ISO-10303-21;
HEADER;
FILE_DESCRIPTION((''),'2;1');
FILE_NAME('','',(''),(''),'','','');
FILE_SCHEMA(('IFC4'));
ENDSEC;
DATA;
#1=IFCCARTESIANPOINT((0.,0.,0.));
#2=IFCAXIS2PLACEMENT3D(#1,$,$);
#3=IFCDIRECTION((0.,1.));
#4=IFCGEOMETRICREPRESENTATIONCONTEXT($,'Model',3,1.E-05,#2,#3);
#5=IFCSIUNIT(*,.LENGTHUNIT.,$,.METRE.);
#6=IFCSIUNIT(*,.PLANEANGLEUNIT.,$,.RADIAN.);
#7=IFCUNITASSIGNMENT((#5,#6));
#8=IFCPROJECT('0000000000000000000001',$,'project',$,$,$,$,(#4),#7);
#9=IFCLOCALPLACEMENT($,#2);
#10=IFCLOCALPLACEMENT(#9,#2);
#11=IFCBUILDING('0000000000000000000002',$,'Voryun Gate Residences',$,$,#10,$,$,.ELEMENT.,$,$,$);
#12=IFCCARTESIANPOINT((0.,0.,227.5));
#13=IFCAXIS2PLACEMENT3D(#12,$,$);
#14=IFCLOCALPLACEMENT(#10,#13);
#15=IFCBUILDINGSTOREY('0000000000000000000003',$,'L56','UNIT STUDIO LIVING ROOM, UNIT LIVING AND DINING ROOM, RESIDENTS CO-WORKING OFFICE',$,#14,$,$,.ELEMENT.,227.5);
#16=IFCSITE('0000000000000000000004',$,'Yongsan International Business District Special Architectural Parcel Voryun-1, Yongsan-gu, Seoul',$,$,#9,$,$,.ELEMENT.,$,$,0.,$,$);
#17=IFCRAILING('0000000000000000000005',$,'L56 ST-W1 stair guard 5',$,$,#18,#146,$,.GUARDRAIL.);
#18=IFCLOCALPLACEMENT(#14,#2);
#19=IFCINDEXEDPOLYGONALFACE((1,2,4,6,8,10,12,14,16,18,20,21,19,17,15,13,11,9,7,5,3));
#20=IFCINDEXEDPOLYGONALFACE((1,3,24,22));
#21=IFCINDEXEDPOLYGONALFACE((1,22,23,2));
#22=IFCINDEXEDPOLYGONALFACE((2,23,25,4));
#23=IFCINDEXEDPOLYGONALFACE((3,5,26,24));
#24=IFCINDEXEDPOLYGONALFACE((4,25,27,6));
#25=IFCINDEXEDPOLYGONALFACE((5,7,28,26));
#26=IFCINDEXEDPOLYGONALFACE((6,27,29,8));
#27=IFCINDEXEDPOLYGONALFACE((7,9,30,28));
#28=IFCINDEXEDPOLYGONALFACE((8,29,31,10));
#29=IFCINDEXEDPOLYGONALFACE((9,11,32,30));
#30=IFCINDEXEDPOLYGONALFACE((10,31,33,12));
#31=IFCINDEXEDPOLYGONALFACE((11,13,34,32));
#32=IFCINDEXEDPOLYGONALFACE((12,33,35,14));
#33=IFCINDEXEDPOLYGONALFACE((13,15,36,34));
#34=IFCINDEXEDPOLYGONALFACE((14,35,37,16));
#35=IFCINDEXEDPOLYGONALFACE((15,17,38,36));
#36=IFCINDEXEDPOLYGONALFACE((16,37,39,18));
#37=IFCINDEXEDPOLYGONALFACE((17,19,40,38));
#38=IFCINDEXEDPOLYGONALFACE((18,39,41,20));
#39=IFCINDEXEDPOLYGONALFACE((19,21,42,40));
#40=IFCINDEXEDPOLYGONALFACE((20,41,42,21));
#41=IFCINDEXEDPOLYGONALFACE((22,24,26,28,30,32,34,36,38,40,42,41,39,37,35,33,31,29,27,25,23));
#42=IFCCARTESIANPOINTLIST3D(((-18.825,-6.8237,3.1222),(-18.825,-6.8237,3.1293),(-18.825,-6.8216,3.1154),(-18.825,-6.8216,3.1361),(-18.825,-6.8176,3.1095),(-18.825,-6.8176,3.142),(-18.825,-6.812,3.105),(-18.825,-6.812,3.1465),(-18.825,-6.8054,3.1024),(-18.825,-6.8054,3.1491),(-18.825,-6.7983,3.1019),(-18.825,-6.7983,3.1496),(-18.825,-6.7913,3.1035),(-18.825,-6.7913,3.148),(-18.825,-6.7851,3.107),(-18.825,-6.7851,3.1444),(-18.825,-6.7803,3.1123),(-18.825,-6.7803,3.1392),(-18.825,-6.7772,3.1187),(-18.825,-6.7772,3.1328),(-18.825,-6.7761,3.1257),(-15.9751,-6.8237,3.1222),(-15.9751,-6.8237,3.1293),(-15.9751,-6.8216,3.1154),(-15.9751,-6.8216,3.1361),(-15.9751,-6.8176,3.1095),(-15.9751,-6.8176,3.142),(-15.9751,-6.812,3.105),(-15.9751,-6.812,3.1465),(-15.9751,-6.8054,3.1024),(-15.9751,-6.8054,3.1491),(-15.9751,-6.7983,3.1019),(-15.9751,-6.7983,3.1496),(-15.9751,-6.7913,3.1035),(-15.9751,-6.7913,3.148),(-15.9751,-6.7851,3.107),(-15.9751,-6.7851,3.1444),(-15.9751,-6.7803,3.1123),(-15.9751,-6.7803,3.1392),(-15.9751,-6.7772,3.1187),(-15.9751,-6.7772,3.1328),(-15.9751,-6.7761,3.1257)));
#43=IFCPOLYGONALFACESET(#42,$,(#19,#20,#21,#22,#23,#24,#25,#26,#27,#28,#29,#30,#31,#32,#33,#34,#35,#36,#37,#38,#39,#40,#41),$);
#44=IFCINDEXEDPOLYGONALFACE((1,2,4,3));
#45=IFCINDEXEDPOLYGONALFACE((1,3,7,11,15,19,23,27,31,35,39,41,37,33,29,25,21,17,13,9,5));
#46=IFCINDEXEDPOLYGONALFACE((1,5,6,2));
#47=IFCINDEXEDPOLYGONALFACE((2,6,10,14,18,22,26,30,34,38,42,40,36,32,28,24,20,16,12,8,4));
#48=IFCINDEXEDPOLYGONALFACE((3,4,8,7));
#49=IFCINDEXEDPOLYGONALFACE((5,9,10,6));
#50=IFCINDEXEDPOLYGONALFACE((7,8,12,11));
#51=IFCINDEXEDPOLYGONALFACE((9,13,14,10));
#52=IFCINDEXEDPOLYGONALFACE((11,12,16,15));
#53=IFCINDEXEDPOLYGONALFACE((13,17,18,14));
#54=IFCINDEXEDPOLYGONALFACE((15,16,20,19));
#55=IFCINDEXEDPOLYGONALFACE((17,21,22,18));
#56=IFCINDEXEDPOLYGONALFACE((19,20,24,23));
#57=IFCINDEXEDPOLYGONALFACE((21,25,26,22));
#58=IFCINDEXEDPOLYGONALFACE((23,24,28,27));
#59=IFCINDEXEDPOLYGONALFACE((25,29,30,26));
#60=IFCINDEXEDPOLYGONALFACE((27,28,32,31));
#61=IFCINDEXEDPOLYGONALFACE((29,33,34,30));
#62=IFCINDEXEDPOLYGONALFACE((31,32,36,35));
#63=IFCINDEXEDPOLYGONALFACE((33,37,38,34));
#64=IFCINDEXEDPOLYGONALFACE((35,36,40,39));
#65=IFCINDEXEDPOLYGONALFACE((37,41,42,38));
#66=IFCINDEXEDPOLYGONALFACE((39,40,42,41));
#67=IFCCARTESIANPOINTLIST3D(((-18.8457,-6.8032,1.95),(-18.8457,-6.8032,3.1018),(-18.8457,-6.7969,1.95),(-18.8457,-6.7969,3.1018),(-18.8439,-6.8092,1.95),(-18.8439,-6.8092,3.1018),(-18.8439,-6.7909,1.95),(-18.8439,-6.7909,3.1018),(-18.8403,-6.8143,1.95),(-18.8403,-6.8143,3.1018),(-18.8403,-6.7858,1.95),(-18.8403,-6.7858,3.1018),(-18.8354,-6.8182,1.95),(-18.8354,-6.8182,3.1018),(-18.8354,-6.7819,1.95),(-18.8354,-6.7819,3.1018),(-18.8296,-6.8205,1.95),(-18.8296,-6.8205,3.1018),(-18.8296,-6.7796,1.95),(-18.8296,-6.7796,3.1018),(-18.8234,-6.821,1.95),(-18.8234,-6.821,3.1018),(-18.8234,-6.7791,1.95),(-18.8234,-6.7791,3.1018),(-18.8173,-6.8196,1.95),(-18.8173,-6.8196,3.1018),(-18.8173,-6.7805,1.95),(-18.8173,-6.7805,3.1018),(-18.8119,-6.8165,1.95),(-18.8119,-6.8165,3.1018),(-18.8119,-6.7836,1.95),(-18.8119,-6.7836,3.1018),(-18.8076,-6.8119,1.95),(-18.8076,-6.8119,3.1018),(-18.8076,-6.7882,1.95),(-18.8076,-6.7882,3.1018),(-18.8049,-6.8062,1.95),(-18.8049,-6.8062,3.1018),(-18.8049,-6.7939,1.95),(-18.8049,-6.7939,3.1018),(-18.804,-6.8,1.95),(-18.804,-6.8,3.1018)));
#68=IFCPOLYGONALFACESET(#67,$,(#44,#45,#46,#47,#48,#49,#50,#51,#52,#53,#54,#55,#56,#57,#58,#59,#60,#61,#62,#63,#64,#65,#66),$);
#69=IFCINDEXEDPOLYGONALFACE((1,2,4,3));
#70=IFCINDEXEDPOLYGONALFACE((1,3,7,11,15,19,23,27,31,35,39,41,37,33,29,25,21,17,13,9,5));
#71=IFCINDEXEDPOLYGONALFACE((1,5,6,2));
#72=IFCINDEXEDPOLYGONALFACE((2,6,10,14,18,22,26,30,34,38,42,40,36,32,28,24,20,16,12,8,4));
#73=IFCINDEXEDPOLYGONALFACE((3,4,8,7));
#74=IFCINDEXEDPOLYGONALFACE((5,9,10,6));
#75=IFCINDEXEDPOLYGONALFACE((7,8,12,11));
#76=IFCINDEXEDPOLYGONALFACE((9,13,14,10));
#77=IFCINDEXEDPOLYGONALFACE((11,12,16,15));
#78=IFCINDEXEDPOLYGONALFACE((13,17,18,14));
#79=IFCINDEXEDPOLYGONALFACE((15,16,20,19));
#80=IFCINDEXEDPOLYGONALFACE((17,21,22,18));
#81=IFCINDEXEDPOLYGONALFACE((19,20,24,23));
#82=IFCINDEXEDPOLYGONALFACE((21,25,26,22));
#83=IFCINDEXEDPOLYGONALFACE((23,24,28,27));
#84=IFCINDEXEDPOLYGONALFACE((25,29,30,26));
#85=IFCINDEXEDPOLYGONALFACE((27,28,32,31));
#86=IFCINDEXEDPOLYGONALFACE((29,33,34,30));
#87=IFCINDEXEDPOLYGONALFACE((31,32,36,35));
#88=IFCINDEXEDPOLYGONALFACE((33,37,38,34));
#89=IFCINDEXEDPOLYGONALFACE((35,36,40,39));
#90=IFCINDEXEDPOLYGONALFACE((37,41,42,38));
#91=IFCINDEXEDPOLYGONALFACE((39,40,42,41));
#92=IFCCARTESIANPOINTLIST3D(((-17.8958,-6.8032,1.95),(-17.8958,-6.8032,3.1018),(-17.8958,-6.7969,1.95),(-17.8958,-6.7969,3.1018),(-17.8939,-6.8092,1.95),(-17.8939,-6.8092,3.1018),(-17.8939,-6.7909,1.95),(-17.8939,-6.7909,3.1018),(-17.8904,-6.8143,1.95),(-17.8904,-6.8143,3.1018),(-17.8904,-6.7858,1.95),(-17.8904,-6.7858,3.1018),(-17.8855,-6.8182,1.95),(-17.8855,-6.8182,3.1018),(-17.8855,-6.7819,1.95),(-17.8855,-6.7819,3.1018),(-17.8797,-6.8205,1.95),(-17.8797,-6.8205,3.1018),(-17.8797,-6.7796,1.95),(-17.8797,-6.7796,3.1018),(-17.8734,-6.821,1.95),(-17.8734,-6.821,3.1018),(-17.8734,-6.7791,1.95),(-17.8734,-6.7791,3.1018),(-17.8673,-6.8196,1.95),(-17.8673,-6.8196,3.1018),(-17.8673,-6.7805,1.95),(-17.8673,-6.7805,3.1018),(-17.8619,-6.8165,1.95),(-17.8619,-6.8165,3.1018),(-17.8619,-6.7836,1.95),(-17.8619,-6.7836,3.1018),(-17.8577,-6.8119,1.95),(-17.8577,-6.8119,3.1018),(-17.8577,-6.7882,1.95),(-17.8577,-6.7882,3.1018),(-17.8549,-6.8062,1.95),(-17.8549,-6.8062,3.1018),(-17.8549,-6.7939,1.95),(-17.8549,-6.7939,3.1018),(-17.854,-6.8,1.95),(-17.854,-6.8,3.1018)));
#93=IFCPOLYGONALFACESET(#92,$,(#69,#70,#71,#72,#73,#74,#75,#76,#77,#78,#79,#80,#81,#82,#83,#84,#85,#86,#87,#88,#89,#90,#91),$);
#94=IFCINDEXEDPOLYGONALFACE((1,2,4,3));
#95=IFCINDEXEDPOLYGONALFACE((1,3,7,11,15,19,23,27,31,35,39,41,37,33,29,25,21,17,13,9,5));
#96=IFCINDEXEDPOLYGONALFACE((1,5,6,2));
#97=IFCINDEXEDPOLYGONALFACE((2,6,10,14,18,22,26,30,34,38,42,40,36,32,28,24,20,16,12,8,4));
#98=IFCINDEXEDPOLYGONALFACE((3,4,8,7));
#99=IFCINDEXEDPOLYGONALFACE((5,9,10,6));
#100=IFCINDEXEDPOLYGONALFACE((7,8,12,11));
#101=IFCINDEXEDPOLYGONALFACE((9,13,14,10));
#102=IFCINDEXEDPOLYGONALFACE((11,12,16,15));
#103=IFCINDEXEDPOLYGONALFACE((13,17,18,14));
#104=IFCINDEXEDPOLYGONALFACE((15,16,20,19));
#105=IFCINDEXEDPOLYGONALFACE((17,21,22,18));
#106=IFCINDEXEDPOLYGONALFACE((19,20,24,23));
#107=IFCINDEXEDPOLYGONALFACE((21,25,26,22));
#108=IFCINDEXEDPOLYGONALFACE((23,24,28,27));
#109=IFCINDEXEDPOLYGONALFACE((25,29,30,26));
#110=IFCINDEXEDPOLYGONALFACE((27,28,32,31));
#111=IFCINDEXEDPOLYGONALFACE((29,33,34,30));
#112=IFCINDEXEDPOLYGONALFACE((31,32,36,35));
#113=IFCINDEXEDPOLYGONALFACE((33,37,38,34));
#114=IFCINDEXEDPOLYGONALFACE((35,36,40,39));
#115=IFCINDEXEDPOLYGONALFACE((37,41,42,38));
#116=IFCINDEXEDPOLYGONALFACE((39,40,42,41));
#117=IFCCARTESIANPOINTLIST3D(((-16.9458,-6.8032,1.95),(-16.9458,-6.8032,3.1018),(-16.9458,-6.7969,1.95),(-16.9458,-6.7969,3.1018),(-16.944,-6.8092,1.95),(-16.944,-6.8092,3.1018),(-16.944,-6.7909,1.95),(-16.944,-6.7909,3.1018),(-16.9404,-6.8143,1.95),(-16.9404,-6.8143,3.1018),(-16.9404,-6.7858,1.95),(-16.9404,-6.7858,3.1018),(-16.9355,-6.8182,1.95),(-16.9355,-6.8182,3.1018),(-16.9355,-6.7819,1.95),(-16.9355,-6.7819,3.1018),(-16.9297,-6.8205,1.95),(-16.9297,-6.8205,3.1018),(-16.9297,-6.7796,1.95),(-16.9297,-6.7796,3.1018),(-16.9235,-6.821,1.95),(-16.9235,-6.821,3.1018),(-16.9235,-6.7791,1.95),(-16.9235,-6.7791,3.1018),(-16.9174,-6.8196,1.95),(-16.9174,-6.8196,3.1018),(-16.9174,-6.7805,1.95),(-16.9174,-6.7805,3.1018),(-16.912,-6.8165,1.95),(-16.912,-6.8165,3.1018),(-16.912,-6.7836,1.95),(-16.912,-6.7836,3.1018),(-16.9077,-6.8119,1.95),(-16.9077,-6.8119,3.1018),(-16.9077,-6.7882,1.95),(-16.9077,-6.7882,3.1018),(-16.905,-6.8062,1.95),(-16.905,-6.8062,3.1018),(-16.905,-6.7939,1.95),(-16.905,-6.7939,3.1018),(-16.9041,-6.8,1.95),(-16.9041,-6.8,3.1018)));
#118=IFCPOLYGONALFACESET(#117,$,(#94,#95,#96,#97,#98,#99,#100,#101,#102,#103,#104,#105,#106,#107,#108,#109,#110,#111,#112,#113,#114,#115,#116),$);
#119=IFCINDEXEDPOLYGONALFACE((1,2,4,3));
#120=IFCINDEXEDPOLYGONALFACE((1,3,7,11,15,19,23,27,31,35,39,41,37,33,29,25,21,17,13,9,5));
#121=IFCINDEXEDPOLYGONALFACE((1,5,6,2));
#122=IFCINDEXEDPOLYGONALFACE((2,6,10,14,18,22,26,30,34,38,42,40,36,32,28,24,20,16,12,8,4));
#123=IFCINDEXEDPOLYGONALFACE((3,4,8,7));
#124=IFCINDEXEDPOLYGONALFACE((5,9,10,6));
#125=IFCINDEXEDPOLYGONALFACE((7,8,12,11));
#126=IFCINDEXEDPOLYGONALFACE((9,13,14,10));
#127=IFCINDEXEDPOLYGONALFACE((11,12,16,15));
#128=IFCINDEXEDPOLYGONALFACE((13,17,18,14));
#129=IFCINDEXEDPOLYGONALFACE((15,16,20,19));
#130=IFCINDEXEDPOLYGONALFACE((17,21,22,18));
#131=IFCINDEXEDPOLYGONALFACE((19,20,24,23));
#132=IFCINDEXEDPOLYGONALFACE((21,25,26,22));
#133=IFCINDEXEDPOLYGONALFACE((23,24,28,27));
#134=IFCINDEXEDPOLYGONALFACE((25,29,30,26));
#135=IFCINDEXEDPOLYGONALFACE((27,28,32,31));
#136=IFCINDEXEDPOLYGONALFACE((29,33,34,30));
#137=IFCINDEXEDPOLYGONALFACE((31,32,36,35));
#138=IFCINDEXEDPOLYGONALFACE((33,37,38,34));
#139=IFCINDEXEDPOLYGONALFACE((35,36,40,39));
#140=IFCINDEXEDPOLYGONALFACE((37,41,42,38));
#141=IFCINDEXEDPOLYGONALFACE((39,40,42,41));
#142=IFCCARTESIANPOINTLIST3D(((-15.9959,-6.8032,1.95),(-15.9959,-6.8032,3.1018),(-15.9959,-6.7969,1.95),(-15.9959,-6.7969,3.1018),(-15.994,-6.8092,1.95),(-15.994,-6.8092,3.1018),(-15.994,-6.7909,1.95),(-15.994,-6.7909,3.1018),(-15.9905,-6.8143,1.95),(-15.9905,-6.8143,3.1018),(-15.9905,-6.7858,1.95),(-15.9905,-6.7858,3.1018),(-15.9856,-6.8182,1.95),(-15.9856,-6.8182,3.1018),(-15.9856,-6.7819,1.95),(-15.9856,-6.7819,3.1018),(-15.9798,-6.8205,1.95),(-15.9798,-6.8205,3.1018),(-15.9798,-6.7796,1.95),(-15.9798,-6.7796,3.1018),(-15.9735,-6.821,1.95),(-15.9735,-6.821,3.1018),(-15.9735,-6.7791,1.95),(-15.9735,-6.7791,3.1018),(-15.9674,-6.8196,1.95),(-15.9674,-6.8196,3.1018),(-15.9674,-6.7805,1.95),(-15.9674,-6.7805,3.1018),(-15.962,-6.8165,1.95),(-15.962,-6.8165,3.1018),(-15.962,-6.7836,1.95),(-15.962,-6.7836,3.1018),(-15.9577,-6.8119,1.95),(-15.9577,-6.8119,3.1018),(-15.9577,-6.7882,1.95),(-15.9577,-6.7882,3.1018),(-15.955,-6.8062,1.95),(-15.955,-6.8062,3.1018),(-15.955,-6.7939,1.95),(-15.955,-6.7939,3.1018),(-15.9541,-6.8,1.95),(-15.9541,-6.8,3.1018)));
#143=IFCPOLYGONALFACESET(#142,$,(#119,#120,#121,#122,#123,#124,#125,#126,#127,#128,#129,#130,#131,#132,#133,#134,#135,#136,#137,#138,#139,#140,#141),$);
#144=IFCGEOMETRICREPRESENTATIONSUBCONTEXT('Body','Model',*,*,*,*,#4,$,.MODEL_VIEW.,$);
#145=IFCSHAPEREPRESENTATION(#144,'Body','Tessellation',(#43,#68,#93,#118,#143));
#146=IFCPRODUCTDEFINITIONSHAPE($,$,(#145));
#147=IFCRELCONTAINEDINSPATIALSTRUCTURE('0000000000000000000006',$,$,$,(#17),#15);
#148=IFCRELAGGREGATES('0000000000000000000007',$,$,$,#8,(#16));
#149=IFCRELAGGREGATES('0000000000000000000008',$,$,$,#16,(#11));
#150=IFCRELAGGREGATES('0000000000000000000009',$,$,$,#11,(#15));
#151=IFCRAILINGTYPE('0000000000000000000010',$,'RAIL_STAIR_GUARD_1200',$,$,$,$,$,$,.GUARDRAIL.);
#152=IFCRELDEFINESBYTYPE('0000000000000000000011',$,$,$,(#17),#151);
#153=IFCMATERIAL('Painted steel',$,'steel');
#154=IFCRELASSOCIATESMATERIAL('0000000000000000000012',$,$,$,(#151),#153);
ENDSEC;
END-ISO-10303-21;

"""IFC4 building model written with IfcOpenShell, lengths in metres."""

from ifc_helpers import new_model, si_unit, direction, frame, origin, origin_2d, place, context, subcontext, project, spatial, circle, extrude, material, type_object, element, save


model = new_model("IFC4")

# Units and contexts
model_context = context("Model", 3, precision=1e-05, world=origin(), true_north=direction((0.0, 1.0)))
body_context = subcontext(model_context, "Body", "Model", "MODEL_VIEW")
ifc_project = project(units=[si_unit("LENGTHUNIT", "METRE"), si_unit("PLANEANGLEUNIT", "RADIAN")], contexts=[model_context])

# Site, building, storey
site_placement = place(None, origin())
site = spatial("IfcSite", under=ifc_project, at=site_placement, Name="Yongsan International Business District Special Architectural Parcel Voryun-1, Yongsan-gu, Seoul", CompositionType="ELEMENT", RefElevation=0.0)
building_placement = place(site_placement, origin())
building = spatial("IfcBuilding", under=site, at=building_placement, Name="Voryun Gate Residences", CompositionType="ELEMENT")
storey_placement = place(building_placement, frame((0.0, 0.0, 227.5)))
storey = spatial("IfcBuildingStorey", under=building, at=storey_placement, Name="L56", Description="UNIT STUDIO LIVING ROOM, UNIT LIVING AND DINING ROOM, RESIDENTS CO-WORKING OFFICE", CompositionType="ELEMENT", Elevation=227.5)

# Railing
ifc_material_1 = material(Name="Painted steel", Category="steel")
railing_type_1 = type_object("IfcRailingType", Name="RAIL_STAIR_GUARD_1200", PredefinedType="GUARDRAIL", material=ifc_material_1)
railing_1_placement = place(storey_placement, frame((-18.825, -6.8, 1.95)))
element("IfcRailing", 1, at=railing_1_placement, inside=storey, type_object=railing_type_1, Name="L56 ST-W1 stair guard 5", PredefinedType="GUARDRAIL", context=body_context, shape_type="SweptSolid", body=[
    extrude(circle(Radius=0.0239, at=origin_2d()), frame((0.0, 0.0, 1.1758), z_axis=(1.0, 0.0, 0.0), x_axis=(0.0, 1.0, 0.0)), (0.0, 0.0, 1.0), 2.8499),
    extrude(circle(Radius=0.021, at=origin_2d()), origin(), (0.0, 0.0, 1.0), 1.1519),
    extrude(circle(Radius=0.021, at=origin_2d()), frame((0.95, 0.0, 0.0)), (0.0, 0.0, 1.0), 1.1519),
    extrude(circle(Radius=0.021, at=origin_2d()), frame((1.8999, 0.0, 0.0)), (0.0, 0.0, 1.0), 1.1519),
    extrude(circle(Radius=0.021, at=origin_2d()), frame((2.8499, 0.0, 0.0)), (0.0, 0.0, 1.0), 1.1519),
])

save(model, "model.ifc")
